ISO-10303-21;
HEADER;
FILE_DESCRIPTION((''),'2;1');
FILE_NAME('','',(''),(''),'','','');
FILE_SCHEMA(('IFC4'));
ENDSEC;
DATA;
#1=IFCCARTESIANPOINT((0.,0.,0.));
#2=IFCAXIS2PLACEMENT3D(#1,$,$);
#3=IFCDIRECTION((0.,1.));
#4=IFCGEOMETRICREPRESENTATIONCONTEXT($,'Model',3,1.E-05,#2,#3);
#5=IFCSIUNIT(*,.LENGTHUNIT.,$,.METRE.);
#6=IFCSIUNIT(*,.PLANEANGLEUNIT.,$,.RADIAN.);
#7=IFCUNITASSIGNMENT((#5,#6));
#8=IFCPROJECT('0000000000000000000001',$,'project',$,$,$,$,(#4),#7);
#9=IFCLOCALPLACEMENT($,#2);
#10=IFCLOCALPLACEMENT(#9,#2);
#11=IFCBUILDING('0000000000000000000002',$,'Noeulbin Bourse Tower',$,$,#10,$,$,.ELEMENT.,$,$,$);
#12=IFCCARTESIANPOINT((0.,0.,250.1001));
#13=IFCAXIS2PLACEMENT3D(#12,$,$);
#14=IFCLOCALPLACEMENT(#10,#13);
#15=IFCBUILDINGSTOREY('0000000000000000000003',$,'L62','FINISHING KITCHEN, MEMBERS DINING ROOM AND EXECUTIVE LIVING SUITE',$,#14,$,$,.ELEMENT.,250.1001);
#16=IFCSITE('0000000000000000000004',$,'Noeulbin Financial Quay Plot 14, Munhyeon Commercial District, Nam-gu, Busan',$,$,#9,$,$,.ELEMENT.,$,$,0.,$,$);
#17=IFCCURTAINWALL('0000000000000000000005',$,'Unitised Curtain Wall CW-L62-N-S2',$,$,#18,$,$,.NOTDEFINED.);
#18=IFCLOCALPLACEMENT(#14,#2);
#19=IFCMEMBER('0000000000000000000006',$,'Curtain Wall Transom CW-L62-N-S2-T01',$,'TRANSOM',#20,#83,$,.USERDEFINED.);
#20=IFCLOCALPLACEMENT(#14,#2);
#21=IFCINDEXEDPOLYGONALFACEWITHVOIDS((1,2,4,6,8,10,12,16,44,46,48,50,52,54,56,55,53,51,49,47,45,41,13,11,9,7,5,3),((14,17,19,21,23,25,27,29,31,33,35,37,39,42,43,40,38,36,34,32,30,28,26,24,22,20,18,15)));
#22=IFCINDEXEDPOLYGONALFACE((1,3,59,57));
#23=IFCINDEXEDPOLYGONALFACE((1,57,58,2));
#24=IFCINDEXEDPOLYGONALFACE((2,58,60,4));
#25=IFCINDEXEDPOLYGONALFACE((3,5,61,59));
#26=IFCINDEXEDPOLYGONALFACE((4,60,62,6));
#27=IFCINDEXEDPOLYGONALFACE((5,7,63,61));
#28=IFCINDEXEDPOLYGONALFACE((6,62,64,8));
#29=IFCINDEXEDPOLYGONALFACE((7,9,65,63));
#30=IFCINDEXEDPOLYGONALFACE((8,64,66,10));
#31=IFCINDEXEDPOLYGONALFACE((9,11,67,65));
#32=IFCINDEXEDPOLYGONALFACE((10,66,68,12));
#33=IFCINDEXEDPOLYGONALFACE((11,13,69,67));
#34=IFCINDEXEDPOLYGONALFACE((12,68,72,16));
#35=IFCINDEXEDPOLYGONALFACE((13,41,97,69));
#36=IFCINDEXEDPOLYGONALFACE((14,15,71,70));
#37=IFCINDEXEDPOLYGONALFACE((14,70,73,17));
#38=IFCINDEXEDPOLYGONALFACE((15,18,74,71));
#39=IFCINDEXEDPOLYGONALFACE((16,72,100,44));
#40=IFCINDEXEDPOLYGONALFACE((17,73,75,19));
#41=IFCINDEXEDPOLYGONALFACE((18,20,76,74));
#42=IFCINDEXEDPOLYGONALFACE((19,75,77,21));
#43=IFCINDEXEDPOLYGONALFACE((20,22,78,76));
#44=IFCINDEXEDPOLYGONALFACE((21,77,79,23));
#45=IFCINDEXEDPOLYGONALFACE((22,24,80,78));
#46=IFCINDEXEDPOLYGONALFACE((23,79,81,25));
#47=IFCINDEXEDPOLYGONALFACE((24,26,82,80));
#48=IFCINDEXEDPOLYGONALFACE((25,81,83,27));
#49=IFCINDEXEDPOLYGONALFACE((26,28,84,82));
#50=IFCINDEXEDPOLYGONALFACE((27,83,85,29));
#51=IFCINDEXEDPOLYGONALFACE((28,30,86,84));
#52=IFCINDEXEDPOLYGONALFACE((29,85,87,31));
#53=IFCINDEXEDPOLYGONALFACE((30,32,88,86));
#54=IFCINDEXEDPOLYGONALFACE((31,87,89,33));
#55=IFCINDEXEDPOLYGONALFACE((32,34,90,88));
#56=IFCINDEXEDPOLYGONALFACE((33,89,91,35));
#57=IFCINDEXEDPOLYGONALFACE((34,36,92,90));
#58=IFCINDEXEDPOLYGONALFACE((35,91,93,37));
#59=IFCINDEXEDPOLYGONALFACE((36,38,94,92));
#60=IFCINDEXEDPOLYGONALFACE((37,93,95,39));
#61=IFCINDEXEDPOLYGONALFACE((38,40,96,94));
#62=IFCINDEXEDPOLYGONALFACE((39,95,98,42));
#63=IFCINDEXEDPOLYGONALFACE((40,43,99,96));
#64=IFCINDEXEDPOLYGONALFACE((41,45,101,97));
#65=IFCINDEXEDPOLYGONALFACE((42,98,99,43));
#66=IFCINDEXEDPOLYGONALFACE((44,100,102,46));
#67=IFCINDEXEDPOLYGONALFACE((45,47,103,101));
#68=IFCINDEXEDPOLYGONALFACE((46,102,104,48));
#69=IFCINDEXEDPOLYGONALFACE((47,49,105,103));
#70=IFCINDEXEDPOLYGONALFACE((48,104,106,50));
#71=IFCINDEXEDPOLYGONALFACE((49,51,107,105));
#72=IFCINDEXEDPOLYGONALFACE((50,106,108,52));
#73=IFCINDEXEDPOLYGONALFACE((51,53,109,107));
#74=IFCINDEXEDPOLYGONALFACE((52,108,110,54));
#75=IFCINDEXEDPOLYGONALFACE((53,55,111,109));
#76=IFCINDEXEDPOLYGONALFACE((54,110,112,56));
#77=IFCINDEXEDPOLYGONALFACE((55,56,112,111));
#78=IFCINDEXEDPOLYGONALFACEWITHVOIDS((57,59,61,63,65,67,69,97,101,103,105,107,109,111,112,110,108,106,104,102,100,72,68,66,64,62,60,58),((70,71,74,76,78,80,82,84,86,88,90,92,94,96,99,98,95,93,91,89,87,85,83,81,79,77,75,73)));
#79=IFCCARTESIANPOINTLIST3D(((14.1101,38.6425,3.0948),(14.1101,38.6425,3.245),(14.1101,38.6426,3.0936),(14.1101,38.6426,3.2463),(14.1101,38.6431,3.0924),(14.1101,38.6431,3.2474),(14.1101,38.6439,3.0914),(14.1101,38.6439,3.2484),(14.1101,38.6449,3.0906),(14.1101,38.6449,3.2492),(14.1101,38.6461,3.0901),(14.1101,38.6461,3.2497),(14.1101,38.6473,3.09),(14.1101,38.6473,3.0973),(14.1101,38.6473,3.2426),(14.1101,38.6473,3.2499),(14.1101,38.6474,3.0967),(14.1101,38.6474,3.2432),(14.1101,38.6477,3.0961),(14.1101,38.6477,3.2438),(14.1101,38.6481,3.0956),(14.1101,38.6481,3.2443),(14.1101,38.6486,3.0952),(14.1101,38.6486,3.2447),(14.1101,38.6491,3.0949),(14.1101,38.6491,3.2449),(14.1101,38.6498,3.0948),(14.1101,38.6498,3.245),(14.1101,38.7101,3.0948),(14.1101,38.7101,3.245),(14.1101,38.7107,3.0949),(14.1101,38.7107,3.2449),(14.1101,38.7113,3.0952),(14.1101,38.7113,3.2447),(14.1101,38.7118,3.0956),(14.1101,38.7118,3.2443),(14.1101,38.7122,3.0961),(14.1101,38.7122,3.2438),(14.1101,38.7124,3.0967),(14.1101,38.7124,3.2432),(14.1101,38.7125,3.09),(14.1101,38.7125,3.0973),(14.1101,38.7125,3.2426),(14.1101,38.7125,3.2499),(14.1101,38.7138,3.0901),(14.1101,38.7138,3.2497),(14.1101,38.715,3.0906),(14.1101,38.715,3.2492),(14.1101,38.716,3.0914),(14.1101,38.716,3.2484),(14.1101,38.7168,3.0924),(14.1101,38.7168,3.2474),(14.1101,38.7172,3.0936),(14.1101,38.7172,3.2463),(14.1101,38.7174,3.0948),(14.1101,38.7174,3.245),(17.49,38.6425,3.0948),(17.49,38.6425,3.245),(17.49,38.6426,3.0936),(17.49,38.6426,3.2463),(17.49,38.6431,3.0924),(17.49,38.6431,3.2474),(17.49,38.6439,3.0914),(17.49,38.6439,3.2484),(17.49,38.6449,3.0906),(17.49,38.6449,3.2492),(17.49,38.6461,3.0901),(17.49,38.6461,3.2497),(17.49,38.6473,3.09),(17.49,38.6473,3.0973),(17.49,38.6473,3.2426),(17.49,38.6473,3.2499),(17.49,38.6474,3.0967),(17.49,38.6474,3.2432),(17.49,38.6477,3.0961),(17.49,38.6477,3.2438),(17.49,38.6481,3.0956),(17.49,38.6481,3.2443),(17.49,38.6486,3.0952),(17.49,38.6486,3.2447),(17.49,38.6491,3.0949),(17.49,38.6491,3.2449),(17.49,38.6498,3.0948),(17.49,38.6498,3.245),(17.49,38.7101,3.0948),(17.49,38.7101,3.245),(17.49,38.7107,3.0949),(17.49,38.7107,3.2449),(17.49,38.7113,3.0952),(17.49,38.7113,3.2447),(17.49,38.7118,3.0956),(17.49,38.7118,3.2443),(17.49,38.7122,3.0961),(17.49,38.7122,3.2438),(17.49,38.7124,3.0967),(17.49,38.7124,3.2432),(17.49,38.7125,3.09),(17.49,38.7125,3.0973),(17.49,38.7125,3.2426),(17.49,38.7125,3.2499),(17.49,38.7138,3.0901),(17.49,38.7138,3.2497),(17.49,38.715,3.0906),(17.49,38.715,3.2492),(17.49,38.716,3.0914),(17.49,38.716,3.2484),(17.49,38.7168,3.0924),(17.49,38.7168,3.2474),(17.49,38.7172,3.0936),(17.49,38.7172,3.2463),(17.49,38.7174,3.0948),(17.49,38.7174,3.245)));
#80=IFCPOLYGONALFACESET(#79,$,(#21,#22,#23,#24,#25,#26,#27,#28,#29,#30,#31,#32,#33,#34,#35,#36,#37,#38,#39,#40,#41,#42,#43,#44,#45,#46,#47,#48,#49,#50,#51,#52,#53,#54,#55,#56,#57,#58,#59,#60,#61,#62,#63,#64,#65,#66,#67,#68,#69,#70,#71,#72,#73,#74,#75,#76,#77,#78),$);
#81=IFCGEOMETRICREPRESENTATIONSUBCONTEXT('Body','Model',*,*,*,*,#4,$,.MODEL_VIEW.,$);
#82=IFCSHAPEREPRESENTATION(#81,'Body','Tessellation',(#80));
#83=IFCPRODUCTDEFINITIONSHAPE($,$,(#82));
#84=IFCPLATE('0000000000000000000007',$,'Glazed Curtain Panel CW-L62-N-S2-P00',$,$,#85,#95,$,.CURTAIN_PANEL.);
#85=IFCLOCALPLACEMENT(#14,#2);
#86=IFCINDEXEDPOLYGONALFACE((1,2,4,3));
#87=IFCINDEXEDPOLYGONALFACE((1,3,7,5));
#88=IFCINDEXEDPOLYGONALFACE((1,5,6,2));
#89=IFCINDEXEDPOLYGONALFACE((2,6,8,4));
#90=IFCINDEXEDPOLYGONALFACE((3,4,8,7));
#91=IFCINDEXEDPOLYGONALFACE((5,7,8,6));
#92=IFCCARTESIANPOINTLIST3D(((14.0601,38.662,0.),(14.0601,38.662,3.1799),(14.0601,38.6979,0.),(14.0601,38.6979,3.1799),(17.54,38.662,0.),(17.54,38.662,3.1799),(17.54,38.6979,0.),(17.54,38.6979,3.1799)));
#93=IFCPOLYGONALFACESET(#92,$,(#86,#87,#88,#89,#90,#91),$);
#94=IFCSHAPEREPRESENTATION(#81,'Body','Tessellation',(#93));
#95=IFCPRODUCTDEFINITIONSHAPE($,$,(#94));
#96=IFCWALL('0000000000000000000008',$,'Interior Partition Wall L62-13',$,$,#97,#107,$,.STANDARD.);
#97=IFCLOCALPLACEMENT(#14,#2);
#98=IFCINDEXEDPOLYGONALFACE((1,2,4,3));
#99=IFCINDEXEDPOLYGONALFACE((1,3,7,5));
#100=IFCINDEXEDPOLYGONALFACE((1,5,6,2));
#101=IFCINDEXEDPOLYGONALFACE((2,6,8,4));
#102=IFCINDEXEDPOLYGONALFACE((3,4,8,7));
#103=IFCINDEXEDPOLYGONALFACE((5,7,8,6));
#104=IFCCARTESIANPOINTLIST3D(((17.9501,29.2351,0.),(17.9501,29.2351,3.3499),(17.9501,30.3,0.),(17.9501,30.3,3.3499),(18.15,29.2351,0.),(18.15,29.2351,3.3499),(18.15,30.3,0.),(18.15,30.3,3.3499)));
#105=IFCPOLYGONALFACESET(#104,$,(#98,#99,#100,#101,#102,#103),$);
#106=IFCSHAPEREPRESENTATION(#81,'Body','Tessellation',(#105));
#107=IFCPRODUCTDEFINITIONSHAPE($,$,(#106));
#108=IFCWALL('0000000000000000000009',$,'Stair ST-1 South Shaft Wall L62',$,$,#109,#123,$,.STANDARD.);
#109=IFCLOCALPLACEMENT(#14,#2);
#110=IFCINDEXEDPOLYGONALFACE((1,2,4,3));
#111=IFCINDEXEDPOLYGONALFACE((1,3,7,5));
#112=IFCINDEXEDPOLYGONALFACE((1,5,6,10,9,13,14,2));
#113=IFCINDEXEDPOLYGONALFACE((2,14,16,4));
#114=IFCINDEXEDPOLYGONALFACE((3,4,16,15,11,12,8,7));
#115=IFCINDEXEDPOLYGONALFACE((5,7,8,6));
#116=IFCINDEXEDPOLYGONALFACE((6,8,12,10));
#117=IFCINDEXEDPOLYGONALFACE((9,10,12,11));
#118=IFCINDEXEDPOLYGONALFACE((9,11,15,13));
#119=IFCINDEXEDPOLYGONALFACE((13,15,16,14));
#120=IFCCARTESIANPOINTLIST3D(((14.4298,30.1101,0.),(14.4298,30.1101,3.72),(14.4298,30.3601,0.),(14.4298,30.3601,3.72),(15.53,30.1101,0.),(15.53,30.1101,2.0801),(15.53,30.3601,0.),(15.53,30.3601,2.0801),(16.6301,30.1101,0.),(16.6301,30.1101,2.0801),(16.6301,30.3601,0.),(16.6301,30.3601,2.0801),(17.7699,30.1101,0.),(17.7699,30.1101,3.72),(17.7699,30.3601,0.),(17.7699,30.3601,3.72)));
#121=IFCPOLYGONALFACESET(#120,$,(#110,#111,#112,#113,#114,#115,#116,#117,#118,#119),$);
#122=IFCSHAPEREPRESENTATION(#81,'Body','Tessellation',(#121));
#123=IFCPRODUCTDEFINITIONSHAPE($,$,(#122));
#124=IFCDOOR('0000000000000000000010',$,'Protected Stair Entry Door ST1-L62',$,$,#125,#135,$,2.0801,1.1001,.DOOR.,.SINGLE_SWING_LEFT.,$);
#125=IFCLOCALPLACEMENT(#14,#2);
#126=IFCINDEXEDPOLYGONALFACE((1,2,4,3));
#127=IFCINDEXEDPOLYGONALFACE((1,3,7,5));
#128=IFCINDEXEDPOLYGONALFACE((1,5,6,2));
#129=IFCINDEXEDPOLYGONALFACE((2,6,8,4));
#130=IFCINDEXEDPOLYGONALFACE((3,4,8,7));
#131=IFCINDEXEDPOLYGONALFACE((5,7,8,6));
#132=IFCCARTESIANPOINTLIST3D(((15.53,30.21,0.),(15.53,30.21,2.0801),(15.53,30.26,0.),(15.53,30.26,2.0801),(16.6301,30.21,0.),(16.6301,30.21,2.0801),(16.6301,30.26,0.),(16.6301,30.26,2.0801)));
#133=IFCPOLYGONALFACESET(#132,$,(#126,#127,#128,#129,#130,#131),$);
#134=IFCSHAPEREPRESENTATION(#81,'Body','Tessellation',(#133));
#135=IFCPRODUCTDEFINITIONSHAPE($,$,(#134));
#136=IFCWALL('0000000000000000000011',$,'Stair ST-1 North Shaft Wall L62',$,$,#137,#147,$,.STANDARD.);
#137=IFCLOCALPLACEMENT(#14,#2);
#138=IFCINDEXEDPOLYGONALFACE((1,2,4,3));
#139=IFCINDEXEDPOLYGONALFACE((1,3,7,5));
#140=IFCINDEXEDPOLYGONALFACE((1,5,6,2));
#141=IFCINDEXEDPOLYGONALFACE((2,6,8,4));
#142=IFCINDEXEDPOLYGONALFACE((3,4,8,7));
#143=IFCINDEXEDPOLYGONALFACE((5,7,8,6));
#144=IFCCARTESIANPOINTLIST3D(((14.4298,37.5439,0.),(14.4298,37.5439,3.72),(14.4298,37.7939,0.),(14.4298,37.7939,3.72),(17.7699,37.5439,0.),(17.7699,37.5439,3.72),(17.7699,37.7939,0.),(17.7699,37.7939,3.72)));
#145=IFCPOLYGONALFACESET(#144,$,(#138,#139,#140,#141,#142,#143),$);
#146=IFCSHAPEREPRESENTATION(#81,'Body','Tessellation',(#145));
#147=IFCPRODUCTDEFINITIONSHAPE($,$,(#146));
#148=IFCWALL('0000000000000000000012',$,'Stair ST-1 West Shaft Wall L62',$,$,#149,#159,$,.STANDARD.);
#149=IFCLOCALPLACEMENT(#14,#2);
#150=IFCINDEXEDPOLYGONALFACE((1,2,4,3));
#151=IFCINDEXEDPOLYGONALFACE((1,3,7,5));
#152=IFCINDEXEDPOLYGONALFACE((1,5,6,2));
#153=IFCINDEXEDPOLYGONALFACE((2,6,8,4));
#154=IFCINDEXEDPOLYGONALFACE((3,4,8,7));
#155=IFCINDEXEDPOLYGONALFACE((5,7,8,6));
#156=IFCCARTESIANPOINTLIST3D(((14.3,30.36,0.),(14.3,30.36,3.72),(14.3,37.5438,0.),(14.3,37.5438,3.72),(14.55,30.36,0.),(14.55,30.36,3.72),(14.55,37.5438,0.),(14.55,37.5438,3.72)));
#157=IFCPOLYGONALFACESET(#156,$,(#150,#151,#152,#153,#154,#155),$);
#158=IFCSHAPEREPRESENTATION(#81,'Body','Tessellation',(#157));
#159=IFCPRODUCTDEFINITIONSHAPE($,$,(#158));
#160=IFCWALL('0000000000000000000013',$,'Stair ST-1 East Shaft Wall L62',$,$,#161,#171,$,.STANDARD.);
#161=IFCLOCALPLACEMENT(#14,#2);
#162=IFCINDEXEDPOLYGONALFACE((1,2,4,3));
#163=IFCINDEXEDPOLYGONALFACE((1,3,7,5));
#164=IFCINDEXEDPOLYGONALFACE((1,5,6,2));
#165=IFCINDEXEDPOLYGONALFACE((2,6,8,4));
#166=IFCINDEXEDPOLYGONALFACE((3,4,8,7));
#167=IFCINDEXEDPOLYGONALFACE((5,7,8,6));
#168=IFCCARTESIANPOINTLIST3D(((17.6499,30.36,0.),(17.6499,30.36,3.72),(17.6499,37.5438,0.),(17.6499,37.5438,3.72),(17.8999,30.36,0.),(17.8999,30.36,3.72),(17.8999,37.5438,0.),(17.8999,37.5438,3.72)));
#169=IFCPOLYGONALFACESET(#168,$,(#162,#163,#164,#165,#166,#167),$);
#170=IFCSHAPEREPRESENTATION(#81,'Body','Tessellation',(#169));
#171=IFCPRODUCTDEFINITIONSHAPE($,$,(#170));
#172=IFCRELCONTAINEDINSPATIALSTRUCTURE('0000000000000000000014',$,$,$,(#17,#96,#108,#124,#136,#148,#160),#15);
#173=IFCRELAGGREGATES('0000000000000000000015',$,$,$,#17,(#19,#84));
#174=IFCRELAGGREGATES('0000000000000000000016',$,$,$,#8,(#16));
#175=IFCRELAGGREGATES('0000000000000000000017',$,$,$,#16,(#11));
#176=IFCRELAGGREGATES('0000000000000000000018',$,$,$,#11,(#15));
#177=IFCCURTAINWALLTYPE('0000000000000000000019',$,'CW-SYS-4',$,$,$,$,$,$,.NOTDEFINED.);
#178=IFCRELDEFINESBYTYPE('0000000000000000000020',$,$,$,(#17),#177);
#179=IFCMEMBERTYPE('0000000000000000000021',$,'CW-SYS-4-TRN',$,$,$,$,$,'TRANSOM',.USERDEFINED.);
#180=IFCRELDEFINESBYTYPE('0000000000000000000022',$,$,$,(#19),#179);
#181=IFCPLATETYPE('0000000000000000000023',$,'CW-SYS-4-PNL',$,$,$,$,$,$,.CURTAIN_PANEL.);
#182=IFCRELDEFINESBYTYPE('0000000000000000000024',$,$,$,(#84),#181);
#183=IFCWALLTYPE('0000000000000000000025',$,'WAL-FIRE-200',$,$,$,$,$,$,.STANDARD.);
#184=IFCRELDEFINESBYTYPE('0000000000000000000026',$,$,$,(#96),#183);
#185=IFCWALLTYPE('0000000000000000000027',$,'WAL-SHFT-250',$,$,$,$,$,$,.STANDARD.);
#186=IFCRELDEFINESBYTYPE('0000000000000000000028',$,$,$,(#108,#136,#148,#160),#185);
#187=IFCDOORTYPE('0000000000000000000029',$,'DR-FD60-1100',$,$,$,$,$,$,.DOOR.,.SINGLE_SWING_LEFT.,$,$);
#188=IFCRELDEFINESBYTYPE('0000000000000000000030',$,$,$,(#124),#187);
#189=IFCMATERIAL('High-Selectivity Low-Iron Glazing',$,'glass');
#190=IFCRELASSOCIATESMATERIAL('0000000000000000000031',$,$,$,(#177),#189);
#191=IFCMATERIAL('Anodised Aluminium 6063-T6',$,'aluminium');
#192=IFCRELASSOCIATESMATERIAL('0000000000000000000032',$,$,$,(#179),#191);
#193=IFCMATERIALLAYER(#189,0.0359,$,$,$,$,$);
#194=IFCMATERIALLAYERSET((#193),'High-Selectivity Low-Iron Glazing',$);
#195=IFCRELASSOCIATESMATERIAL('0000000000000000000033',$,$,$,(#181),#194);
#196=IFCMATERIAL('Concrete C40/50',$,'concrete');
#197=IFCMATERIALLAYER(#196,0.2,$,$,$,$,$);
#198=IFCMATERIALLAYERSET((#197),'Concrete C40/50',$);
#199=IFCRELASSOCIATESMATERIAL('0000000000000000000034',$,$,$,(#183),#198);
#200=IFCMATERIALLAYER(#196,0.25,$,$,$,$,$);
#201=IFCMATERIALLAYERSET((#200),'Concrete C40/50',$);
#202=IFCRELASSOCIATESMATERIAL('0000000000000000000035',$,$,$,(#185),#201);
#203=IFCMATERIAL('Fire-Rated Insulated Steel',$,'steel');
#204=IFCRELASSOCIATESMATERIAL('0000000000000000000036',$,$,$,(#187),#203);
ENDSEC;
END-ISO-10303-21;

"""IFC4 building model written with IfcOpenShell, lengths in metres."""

from ifc_helpers import new_model, si_unit, direction, frame, frame_2d, origin, origin_2d, place, context, subcontext, project, spatial, rectangle, hollow_rectangle, extrude, material, layer, layer_set, material_profile, profile_set, type_object, element, fill, aggregate, save


model = new_model("IFC4")

# Units and contexts
model_context = context("Model", 3, precision=1e-05, world=origin(), true_north=direction((0.0, 1.0)))
body_context = subcontext(model_context, "Body", "Model", "MODEL_VIEW")
ifc_project = project(units=[si_unit("LENGTHUNIT", "METRE"), si_unit("PLANEANGLEUNIT", "RADIAN")], contexts=[model_context])

# Site, building, storey
site_placement = place(None, origin())
site = spatial("IfcSite", under=ifc_project, at=site_placement, Name="Noeulbin Financial Quay Plot 14, Munhyeon Commercial District, Nam-gu, Busan", CompositionType="ELEMENT", RefElevation=0.0)
building_placement = place(site_placement, origin())
building = spatial("IfcBuilding", under=site, at=building_placement, Name="Noeulbin Bourse Tower", CompositionType="ELEMENT")
storey_placement = place(building_placement, frame((0.0, 0.0, 250.1001)))
storey = spatial("IfcBuildingStorey", under=building, at=storey_placement, Name="L62", Description="FINISHING KITCHEN, MEMBERS DINING ROOM AND EXECUTIVE LIVING SUITE", CompositionType="ELEMENT", Elevation=250.1001)

# Curtain wall, member, plate
ifc_material_1 = material(Name="High-Selectivity Low-Iron Glazing", Category="glass")
curtain_wall_type = type_object("IfcCurtainWallType", Name="CW-SYS-4", PredefinedType="NOTDEFINED", material=ifc_material_1)
curtain_wall_placement = place(storey_placement, origin())
curtain_wall = element("IfcCurtainWall", 1, at=curtain_wall_placement, inside=storey, type_object=curtain_wall_type, Name="Unitised Curtain Wall CW-L62-N-S2", PredefinedType="NOTDEFINED")
ifc_material_2 = material(Name="Anodised Aluminium 6063-T6", Category="aluminium")
ifc_material_profile_1 = material_profile(ifc_material_2, hollow_rectangle(XDim=0.075, YDim=0.1599, WallThickness=0.0049, InnerFilletRadius=0.0024, OuterFilletRadius=0.0049, at=origin_2d()), Name="ALU-TRAN-75x160x5", Category="LoadBearing")
ifc_profile_set_1 = profile_set([ifc_material_profile_1], Name="Anodised Aluminium 6063-T6")
member_type_1 = type_object("IfcMemberType", Name="CW-SYS-4-TRN", ElementType="TRANSOM", PredefinedType="USERDEFINED", material=ifc_profile_set_1)
member_1_placement = place(storey_placement, frame((14.1101, 38.6799, 3.1699), z_axis=(1.0, 0.0, 0.0), x_axis=(0.0, 1.0, 0.0)))
member_1 = element("IfcMember", 2, at=member_1_placement, type_object=member_type_1, Name="Curtain Wall Transom CW-L62-N-S2-T01", ObjectType="TRANSOM", PredefinedType="USERDEFINED", context=body_context, shape_type="SweptSolid", body=[
    extrude(hollow_rectangle(XDim=0.075, YDim=0.1599, WallThickness=0.0049, InnerFilletRadius=0.0024, OuterFilletRadius=0.0049, at=origin_2d()), origin(), (0.0, 0.0, 1.0), 3.3799),
])
ifc_layer_1 = layer(ifc_material_1, 0.0359)
ifc_layer_set_1 = layer_set([ifc_layer_1], Name="High-Selectivity Low-Iron Glazing")
plate_type = type_object("IfcPlateType", Name="CW-SYS-4-PNL", PredefinedType="CURTAIN_PANEL", material=ifc_layer_set_1)
plate_placement = place(storey_placement, frame((15.8, 38.6799, 0.0), z_axis=(0.0, 0.0, 1.0), x_axis=(1.0, 0.0, 0.0)))
plate = element("IfcPlate", 3, at=plate_placement, type_object=plate_type, Name="Glazed Curtain Panel CW-L62-N-S2-P00", PredefinedType="CURTAIN_PANEL", context=body_context, shape_type="SweptSolid", body=[
    extrude(rectangle(XDim=3.48, YDim=0.0359, at=origin_2d()), origin(), (0.0, 0.0, 1.0), 3.1799),
])
aggregate(curtain_wall, [member_1, plate])

# Wall
ifc_material_3 = material(Name="Concrete C40/50", Category="concrete")
ifc_layer_2 = layer(ifc_material_3, 0.2)
ifc_layer_set_2 = layer_set([ifc_layer_2], Name="Concrete C40/50")
wall_type_1 = type_object("IfcWallType", Name="WAL-FIRE-200", PredefinedType="STANDARD", material=ifc_layer_set_2)
wall_1_placement = place(storey_placement, frame((18.05, 29.2351, 0.0), z_axis=(0.0, 0.0, 1.0), x_axis=(0.0, 1.0, 0.0)))
element("IfcWall", 4, at=wall_1_placement, inside=storey, type_object=wall_type_1, Name="Interior Partition Wall L62-13", PredefinedType="STANDARD", context=body_context, shape_type="SweptSolid", body=[
    extrude(rectangle(XDim=1.0649, YDim=0.2, at=frame_2d((0.5325, 0.0))), origin(), (0.0, 0.0, 1.0), 3.3499),
])

# Wall, opening, door
ifc_layer_3 = layer(ifc_material_3, 0.25)
ifc_layer_set_3 = layer_set([ifc_layer_3], Name="Concrete C40/50")
wall_type_2 = type_object("IfcWallType", Name="WAL-SHFT-250", PredefinedType="STANDARD", material=ifc_layer_set_3)
wall_2_placement = place(storey_placement, frame((14.4299, 30.2351, 0.0), z_axis=(0.0, 0.0, 1.0), x_axis=(1.0, 0.0, 0.0)))
wall_2 = element("IfcWall", 5, at=wall_2_placement, inside=storey, type_object=wall_type_2, Name="Stair ST-1 South Shaft Wall L62", PredefinedType="STANDARD", context=body_context, shape_type="SweptSolid", body=[
    extrude(rectangle(XDim=3.3401, YDim=0.25, at=frame_2d((1.6699, 0.0))), origin(), (0.0, 0.0, 1.0), 3.72),
])
opening_placement = place(wall_2_placement, frame((1.1001, 0.0, 0.0)))
opening = element("IfcOpeningElement", 6, at=opening_placement, cuts=wall_2, PredefinedType="OPENING", context=body_context, shape_type="SweptSolid", body=[
    extrude(rectangle(XDim=1.1001, YDim=2.0801, at=frame_2d((0.55, 1.04))), frame((0.0, 0.135, 0.0), z_axis=(0.0, -1.0, 0.0), x_axis=(1.0, 0.0, 0.0)), (0.0, 0.0, 1.0), 0.27),
])
ifc_material_4 = material(Name="Fire-Rated Insulated Steel", Category="steel")
door_type = type_object("IfcDoorType", Name="DR-FD60-1100", OperationType="SINGLE_SWING_LEFT", PredefinedType="DOOR", material=ifc_material_4)
door_placement = place(opening_placement, origin())
door = element("IfcDoor", 7, at=door_placement, inside=storey, type_object=door_type, Name="Protected Stair Entry Door ST1-L62", OperationType="SINGLE_SWING_LEFT", OverallHeight=2.0801, OverallWidth=1.1001, PredefinedType="DOOR", context=body_context, shape_type="SweptSolid", body=[
    extrude(rectangle(XDim=1.1001, YDim=2.0801, at=frame_2d((0.55, 1.04))), frame((0.0, 0.0249, 0.0), z_axis=(0.0, -1.0, 0.0), x_axis=(1.0, 0.0, 0.0)), (0.0, 0.0, 1.0), 0.05),
])
fill(opening, door)

# Walls
wall_3_placement = place(storey_placement, frame((14.4299, 37.6689, 0.0), z_axis=(0.0, 0.0, 1.0), x_axis=(1.0, 0.0, 0.0)))
element("IfcWall", 8, at=wall_3_placement, inside=storey, type_object=wall_type_2, Name="Stair ST-1 North Shaft Wall L62", PredefinedType="STANDARD", context=body_context, shape_type="SweptSolid", body=[
    extrude(rectangle(XDim=3.3401, YDim=0.25, at=frame_2d((1.6699, 0.0))), origin(), (0.0, 0.0, 1.0), 3.72),
])
for number, where, z_axis, x_axis, name in (
    (9, (14.425, 30.3601, 0.0), (0.0, 0.0, 1.0), (0.0, 1.0, 0.0), "Stair ST-1 West Shaft Wall L62"),
    (10, (17.7749, 30.3601, 0.0), (0.0, 0.0, 1.0), (0.0, 1.0, 0.0), "Stair ST-1 East Shaft Wall L62"),
):
    element("IfcWall", number, at=place(storey_placement, frame(where, z_axis=z_axis, x_axis=x_axis)), inside=storey, type_object=wall_type_2, Name=name, PredefinedType="STANDARD", context=body_context, shape_type="SweptSolid", body=[
        extrude(rectangle(XDim=7.1838, YDim=0.25, at=frame_2d((3.5918, 0.0))), origin(), (0.0, 0.0, 1.0), 3.72),
    ])

save(model, "model.ifc")
